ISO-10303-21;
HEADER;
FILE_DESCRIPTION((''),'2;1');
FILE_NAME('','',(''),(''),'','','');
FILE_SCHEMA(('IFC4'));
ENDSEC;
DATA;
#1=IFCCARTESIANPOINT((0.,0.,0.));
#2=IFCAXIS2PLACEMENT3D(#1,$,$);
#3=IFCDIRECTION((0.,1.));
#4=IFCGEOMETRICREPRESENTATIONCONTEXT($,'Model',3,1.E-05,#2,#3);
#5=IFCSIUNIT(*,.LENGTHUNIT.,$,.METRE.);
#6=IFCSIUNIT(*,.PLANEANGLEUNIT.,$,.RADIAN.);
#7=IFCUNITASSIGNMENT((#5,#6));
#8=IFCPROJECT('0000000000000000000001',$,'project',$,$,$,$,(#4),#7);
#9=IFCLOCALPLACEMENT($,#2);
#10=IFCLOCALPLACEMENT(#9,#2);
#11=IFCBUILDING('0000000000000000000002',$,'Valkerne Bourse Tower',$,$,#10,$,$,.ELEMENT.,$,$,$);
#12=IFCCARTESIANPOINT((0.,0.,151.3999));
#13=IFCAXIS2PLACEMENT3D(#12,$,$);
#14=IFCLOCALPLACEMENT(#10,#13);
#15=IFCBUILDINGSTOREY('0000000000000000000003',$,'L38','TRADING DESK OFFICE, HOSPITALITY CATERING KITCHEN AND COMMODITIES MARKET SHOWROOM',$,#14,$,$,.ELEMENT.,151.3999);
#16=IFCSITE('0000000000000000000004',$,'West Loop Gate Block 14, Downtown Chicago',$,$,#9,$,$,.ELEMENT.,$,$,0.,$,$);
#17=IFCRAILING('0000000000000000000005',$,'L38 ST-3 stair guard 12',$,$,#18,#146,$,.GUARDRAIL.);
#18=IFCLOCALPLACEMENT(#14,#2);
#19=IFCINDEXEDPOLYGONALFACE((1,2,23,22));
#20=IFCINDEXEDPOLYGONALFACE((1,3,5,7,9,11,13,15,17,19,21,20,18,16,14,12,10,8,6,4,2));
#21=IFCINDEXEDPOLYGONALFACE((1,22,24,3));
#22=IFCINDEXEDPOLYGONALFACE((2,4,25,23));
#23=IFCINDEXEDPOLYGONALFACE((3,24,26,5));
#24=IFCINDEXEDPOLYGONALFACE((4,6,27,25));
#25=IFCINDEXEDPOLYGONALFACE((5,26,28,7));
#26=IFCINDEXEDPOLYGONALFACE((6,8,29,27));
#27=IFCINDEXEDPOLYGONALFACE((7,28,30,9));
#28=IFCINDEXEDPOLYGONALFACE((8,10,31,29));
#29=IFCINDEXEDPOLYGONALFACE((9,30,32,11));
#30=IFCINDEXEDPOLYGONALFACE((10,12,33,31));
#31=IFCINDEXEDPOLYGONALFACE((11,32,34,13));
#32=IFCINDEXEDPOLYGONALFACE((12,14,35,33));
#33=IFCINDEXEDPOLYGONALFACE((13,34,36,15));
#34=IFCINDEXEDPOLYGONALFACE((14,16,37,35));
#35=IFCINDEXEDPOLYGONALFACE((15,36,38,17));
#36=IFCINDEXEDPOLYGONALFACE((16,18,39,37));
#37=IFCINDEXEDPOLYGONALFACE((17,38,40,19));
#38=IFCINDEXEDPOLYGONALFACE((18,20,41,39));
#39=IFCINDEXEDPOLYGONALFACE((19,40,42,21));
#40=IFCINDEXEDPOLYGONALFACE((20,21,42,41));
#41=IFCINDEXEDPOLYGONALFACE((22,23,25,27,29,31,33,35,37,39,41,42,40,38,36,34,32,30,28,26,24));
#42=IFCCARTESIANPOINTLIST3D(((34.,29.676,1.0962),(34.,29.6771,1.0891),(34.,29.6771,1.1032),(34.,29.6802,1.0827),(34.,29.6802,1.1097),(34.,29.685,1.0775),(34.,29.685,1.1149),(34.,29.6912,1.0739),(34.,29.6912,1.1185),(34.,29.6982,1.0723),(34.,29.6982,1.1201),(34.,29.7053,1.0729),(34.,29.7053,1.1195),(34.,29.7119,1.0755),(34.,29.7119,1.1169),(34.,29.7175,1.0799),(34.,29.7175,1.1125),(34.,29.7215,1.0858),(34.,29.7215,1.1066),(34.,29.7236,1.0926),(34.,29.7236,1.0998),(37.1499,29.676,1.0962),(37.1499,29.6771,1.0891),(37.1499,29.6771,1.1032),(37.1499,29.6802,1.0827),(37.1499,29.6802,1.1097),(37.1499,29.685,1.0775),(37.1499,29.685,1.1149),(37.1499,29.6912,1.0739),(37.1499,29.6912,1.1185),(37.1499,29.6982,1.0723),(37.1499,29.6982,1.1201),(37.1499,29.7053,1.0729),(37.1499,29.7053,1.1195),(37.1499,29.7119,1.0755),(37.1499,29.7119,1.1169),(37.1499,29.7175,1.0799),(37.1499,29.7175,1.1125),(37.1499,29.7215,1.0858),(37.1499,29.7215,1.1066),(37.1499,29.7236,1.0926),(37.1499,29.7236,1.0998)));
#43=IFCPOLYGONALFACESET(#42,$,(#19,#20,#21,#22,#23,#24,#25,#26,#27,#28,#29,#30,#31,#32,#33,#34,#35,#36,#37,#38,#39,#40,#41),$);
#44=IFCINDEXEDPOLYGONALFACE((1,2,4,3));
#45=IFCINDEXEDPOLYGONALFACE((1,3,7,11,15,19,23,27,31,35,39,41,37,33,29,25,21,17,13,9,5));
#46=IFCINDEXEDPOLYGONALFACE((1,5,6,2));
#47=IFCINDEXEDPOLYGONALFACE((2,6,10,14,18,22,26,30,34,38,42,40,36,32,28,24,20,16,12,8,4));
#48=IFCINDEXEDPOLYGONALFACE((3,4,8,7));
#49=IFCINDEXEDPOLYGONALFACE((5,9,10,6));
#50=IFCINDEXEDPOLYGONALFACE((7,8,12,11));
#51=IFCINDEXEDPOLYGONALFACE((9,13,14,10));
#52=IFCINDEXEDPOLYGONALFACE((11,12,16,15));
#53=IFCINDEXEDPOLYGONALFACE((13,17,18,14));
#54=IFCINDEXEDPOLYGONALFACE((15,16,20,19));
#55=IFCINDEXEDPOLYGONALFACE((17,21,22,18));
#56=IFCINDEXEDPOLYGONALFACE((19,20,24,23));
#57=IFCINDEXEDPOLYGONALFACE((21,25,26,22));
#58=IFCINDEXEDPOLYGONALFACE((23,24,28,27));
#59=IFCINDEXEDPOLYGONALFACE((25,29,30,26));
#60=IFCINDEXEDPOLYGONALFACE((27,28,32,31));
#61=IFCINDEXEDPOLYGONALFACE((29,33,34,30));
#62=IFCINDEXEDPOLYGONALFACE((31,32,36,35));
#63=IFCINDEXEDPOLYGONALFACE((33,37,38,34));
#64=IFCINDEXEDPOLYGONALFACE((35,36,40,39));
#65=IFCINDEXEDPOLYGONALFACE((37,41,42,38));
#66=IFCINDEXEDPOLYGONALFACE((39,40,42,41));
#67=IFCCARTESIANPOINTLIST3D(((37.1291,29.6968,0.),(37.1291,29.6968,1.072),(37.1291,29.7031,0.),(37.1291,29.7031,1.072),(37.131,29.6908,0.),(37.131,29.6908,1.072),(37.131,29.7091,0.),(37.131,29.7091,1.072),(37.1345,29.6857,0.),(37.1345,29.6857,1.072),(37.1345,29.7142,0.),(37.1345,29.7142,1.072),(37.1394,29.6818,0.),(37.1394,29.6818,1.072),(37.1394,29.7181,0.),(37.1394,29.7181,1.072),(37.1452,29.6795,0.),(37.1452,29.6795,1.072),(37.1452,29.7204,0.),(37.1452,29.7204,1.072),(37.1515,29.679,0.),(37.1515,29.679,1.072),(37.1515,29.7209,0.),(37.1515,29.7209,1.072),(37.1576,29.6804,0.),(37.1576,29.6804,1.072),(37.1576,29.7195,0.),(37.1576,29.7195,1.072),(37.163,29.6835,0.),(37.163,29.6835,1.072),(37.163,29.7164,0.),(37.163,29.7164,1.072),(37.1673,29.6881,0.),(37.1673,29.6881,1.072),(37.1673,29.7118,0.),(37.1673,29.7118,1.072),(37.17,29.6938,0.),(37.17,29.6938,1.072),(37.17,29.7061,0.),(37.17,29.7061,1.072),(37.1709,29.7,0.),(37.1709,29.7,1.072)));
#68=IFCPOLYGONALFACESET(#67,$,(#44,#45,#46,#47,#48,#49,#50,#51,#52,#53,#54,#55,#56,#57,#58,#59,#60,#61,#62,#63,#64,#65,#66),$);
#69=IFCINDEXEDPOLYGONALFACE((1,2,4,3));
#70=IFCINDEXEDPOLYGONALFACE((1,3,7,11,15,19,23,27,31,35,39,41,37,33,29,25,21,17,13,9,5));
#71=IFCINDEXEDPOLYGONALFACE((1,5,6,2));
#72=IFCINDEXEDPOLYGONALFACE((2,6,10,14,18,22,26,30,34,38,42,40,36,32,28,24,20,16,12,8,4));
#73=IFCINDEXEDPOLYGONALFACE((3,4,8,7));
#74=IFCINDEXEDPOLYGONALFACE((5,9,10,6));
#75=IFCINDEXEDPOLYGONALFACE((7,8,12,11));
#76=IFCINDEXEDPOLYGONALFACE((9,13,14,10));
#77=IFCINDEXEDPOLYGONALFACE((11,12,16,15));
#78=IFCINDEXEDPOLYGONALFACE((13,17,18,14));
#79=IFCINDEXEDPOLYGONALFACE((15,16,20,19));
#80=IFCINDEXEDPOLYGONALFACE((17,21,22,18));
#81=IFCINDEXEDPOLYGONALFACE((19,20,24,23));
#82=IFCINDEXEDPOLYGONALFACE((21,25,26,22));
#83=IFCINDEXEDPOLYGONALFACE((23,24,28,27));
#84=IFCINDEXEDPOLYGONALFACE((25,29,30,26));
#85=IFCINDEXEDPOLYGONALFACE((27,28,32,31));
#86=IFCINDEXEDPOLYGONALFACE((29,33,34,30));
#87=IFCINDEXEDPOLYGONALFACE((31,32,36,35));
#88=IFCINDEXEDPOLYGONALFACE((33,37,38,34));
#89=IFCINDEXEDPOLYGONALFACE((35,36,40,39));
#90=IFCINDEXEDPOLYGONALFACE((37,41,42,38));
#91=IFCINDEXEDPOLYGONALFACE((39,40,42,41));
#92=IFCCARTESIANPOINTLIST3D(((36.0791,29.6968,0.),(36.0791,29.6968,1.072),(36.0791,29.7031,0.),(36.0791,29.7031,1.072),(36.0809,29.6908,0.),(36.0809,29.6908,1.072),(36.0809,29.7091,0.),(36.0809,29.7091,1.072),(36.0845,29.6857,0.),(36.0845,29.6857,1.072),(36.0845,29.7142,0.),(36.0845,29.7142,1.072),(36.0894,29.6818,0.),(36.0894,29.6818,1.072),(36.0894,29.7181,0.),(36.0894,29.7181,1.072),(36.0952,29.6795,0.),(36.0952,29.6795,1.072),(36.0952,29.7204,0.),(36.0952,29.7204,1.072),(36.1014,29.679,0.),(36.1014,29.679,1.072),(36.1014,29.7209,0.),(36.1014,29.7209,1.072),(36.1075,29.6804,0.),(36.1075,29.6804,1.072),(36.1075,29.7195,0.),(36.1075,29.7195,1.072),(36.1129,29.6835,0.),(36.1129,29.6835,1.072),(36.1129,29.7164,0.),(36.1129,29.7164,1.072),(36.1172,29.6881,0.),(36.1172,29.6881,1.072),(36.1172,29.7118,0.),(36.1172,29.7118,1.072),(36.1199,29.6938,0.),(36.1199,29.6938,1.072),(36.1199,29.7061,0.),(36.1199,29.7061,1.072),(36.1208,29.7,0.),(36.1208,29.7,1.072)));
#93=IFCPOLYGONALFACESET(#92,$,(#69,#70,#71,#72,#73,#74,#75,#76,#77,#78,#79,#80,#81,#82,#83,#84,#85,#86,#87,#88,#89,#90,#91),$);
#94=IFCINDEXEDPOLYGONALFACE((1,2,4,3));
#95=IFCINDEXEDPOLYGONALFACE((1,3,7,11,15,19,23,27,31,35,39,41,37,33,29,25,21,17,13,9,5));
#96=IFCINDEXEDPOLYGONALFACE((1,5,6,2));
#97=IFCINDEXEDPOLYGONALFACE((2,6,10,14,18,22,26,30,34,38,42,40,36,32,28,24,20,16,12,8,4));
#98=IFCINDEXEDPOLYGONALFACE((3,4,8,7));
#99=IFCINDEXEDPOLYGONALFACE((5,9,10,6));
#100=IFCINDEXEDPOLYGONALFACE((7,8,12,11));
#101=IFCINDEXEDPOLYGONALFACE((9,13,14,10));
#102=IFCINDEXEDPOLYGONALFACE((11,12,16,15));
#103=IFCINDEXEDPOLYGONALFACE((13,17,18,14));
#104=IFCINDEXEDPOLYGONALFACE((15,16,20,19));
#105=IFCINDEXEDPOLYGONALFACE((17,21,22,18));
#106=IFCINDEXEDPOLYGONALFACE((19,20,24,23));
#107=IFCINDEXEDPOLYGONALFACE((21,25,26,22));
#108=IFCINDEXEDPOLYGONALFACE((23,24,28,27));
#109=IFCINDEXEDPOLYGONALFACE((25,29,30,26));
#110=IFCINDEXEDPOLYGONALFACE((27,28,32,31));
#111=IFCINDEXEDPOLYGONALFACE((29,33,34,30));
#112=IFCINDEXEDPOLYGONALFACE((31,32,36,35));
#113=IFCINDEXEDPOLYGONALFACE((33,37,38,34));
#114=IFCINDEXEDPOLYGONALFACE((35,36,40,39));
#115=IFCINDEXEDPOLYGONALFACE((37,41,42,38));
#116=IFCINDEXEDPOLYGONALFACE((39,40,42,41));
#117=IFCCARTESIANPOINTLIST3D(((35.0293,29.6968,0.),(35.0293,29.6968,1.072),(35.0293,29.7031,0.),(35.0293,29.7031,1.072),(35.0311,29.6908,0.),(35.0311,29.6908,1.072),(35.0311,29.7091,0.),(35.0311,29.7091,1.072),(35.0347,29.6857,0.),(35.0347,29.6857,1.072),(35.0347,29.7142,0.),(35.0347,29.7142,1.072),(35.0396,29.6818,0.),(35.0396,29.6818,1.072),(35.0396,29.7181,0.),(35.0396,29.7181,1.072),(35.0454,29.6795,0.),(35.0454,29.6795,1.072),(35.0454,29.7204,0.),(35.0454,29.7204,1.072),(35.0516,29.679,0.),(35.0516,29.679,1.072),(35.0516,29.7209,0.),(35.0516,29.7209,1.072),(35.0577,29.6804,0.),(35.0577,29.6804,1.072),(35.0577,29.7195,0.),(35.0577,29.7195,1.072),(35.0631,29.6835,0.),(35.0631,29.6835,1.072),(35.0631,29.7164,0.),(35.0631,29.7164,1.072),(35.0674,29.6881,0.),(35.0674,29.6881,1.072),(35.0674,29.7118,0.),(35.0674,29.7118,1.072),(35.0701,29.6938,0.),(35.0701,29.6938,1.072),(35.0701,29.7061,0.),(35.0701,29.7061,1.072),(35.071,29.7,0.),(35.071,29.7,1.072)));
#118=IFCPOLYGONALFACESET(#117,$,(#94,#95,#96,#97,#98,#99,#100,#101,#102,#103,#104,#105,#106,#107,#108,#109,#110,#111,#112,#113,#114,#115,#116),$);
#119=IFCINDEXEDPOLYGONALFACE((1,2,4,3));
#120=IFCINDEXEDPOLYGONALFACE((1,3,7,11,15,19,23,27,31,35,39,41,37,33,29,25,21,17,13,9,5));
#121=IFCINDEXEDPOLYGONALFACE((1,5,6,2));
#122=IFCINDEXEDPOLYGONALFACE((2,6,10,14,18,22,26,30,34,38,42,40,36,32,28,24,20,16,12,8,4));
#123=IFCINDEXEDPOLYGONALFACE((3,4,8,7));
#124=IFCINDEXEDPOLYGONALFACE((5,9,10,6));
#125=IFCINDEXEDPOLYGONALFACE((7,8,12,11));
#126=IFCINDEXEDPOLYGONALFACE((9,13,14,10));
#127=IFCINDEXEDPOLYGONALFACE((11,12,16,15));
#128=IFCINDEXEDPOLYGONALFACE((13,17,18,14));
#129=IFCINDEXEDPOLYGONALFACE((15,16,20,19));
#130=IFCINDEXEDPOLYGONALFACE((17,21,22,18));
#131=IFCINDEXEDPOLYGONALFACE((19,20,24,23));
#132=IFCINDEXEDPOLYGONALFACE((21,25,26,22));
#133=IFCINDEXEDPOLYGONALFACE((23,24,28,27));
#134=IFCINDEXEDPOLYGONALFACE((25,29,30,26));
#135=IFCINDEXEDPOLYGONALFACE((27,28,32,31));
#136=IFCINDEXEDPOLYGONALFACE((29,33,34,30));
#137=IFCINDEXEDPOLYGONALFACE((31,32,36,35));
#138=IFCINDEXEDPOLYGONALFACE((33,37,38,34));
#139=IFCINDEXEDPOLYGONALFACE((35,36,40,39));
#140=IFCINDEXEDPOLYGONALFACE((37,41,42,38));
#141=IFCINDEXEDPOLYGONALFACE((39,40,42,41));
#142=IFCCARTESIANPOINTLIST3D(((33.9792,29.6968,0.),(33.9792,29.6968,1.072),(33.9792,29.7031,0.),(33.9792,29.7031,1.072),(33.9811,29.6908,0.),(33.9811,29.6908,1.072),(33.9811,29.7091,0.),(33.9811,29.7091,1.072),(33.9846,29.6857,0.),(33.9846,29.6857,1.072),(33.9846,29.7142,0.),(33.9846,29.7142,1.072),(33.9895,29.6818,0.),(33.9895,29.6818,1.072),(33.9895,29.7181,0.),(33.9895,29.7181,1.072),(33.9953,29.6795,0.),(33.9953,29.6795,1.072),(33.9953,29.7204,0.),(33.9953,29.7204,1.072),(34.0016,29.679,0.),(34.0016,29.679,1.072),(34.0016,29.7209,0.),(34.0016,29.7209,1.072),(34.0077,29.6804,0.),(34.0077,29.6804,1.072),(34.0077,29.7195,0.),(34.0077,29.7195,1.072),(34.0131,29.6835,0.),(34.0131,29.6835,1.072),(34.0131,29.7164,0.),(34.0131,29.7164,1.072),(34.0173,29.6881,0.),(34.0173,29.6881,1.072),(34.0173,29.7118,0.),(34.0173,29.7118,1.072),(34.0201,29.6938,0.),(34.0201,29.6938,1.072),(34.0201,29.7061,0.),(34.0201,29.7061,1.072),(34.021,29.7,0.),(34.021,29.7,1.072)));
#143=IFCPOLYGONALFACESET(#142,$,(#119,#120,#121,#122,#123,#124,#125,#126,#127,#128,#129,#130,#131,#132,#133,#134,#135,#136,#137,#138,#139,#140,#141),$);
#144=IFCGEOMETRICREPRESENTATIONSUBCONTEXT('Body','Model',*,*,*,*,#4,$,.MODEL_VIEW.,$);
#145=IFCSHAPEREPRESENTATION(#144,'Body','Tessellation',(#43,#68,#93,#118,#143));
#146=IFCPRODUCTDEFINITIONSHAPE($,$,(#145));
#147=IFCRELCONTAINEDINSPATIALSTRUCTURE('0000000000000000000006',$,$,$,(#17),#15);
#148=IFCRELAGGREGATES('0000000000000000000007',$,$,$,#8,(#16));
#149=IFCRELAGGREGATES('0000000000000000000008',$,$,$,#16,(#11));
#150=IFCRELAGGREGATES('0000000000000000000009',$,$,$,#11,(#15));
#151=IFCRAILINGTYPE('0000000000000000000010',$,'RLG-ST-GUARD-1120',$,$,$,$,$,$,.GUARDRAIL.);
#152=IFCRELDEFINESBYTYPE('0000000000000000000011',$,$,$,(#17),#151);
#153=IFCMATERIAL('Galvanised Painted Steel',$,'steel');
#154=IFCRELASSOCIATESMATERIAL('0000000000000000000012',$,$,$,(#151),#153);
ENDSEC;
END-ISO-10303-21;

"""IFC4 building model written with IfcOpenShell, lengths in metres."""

from ifc_helpers import new_model, si_unit, direction, frame, origin, origin_2d, place, context, subcontext, project, spatial, circle, extrude, material, type_object, element, save


model = new_model("IFC4")

# Units and contexts
model_context = context("Model", 3, precision=1e-05, world=origin(), true_north=direction((0.0, 1.0)))
body_context = subcontext(model_context, "Body", "Model", "MODEL_VIEW")
ifc_project = project(units=[si_unit("LENGTHUNIT", "METRE"), si_unit("PLANEANGLEUNIT", "RADIAN")], contexts=[model_context])

# Site, building, storey
site_placement = place(None, origin())
site = spatial("IfcSite", under=ifc_project, at=site_placement, Name="West Loop Gate Block 14, Downtown Chicago", CompositionType="ELEMENT", RefElevation=0.0)
building_placement = place(site_placement, origin())
building = spatial("IfcBuilding", under=site, at=building_placement, Name="Valkerne Bourse Tower", CompositionType="ELEMENT")
storey_placement = place(building_placement, frame((0.0, 0.0, 151.3999)))
storey = spatial("IfcBuildingStorey", under=building, at=storey_placement, Name="L38", Description="TRADING DESK OFFICE, HOSPITALITY CATERING KITCHEN AND COMMODITIES MARKET SHOWROOM", CompositionType="ELEMENT", Elevation=151.3999)

# Railing
ifc_material_1 = material(Name="Galvanised Painted Steel", Category="steel")
railing_type_1 = type_object("IfcRailingType", Name="RLG-ST-GUARD-1120", PredefinedType="GUARDRAIL", material=ifc_material_1)
railing_1_placement = place(storey_placement, frame((37.1499, 29.7, 0.0)))
element("IfcRailing", 1, at=railing_1_placement, inside=storey, type_object=railing_type_1, Name="L38 ST-3 stair guard 12", PredefinedType="GUARDRAIL", context=body_context, shape_type="SweptSolid", body=[
    extrude(circle(Radius=0.0239, at=origin_2d()), frame((0.0, 0.0, 1.0962), z_axis=(-1.0, 0.0, 0.0), x_axis=(0.0, -1.0, 0.0)), (0.0, 0.0, 1.0), 3.1499),
    extrude(circle(Radius=0.021, at=origin_2d()), origin(), (0.0, 0.0, 1.0), 1.072),
    extrude(circle(Radius=0.021, at=origin_2d()), frame((-1.05, 0.0, 0.0)), (0.0, 0.0, 1.0), 1.072),
    extrude(circle(Radius=0.021, at=origin_2d()), frame((-2.0999, 0.0, 0.0)), (0.0, 0.0, 1.0), 1.072),
    extrude(circle(Radius=0.021, at=origin_2d()), frame((-3.1499, 0.0, 0.0)), (0.0, 0.0, 1.0), 1.072),
])

save(model, "model.ifc")
